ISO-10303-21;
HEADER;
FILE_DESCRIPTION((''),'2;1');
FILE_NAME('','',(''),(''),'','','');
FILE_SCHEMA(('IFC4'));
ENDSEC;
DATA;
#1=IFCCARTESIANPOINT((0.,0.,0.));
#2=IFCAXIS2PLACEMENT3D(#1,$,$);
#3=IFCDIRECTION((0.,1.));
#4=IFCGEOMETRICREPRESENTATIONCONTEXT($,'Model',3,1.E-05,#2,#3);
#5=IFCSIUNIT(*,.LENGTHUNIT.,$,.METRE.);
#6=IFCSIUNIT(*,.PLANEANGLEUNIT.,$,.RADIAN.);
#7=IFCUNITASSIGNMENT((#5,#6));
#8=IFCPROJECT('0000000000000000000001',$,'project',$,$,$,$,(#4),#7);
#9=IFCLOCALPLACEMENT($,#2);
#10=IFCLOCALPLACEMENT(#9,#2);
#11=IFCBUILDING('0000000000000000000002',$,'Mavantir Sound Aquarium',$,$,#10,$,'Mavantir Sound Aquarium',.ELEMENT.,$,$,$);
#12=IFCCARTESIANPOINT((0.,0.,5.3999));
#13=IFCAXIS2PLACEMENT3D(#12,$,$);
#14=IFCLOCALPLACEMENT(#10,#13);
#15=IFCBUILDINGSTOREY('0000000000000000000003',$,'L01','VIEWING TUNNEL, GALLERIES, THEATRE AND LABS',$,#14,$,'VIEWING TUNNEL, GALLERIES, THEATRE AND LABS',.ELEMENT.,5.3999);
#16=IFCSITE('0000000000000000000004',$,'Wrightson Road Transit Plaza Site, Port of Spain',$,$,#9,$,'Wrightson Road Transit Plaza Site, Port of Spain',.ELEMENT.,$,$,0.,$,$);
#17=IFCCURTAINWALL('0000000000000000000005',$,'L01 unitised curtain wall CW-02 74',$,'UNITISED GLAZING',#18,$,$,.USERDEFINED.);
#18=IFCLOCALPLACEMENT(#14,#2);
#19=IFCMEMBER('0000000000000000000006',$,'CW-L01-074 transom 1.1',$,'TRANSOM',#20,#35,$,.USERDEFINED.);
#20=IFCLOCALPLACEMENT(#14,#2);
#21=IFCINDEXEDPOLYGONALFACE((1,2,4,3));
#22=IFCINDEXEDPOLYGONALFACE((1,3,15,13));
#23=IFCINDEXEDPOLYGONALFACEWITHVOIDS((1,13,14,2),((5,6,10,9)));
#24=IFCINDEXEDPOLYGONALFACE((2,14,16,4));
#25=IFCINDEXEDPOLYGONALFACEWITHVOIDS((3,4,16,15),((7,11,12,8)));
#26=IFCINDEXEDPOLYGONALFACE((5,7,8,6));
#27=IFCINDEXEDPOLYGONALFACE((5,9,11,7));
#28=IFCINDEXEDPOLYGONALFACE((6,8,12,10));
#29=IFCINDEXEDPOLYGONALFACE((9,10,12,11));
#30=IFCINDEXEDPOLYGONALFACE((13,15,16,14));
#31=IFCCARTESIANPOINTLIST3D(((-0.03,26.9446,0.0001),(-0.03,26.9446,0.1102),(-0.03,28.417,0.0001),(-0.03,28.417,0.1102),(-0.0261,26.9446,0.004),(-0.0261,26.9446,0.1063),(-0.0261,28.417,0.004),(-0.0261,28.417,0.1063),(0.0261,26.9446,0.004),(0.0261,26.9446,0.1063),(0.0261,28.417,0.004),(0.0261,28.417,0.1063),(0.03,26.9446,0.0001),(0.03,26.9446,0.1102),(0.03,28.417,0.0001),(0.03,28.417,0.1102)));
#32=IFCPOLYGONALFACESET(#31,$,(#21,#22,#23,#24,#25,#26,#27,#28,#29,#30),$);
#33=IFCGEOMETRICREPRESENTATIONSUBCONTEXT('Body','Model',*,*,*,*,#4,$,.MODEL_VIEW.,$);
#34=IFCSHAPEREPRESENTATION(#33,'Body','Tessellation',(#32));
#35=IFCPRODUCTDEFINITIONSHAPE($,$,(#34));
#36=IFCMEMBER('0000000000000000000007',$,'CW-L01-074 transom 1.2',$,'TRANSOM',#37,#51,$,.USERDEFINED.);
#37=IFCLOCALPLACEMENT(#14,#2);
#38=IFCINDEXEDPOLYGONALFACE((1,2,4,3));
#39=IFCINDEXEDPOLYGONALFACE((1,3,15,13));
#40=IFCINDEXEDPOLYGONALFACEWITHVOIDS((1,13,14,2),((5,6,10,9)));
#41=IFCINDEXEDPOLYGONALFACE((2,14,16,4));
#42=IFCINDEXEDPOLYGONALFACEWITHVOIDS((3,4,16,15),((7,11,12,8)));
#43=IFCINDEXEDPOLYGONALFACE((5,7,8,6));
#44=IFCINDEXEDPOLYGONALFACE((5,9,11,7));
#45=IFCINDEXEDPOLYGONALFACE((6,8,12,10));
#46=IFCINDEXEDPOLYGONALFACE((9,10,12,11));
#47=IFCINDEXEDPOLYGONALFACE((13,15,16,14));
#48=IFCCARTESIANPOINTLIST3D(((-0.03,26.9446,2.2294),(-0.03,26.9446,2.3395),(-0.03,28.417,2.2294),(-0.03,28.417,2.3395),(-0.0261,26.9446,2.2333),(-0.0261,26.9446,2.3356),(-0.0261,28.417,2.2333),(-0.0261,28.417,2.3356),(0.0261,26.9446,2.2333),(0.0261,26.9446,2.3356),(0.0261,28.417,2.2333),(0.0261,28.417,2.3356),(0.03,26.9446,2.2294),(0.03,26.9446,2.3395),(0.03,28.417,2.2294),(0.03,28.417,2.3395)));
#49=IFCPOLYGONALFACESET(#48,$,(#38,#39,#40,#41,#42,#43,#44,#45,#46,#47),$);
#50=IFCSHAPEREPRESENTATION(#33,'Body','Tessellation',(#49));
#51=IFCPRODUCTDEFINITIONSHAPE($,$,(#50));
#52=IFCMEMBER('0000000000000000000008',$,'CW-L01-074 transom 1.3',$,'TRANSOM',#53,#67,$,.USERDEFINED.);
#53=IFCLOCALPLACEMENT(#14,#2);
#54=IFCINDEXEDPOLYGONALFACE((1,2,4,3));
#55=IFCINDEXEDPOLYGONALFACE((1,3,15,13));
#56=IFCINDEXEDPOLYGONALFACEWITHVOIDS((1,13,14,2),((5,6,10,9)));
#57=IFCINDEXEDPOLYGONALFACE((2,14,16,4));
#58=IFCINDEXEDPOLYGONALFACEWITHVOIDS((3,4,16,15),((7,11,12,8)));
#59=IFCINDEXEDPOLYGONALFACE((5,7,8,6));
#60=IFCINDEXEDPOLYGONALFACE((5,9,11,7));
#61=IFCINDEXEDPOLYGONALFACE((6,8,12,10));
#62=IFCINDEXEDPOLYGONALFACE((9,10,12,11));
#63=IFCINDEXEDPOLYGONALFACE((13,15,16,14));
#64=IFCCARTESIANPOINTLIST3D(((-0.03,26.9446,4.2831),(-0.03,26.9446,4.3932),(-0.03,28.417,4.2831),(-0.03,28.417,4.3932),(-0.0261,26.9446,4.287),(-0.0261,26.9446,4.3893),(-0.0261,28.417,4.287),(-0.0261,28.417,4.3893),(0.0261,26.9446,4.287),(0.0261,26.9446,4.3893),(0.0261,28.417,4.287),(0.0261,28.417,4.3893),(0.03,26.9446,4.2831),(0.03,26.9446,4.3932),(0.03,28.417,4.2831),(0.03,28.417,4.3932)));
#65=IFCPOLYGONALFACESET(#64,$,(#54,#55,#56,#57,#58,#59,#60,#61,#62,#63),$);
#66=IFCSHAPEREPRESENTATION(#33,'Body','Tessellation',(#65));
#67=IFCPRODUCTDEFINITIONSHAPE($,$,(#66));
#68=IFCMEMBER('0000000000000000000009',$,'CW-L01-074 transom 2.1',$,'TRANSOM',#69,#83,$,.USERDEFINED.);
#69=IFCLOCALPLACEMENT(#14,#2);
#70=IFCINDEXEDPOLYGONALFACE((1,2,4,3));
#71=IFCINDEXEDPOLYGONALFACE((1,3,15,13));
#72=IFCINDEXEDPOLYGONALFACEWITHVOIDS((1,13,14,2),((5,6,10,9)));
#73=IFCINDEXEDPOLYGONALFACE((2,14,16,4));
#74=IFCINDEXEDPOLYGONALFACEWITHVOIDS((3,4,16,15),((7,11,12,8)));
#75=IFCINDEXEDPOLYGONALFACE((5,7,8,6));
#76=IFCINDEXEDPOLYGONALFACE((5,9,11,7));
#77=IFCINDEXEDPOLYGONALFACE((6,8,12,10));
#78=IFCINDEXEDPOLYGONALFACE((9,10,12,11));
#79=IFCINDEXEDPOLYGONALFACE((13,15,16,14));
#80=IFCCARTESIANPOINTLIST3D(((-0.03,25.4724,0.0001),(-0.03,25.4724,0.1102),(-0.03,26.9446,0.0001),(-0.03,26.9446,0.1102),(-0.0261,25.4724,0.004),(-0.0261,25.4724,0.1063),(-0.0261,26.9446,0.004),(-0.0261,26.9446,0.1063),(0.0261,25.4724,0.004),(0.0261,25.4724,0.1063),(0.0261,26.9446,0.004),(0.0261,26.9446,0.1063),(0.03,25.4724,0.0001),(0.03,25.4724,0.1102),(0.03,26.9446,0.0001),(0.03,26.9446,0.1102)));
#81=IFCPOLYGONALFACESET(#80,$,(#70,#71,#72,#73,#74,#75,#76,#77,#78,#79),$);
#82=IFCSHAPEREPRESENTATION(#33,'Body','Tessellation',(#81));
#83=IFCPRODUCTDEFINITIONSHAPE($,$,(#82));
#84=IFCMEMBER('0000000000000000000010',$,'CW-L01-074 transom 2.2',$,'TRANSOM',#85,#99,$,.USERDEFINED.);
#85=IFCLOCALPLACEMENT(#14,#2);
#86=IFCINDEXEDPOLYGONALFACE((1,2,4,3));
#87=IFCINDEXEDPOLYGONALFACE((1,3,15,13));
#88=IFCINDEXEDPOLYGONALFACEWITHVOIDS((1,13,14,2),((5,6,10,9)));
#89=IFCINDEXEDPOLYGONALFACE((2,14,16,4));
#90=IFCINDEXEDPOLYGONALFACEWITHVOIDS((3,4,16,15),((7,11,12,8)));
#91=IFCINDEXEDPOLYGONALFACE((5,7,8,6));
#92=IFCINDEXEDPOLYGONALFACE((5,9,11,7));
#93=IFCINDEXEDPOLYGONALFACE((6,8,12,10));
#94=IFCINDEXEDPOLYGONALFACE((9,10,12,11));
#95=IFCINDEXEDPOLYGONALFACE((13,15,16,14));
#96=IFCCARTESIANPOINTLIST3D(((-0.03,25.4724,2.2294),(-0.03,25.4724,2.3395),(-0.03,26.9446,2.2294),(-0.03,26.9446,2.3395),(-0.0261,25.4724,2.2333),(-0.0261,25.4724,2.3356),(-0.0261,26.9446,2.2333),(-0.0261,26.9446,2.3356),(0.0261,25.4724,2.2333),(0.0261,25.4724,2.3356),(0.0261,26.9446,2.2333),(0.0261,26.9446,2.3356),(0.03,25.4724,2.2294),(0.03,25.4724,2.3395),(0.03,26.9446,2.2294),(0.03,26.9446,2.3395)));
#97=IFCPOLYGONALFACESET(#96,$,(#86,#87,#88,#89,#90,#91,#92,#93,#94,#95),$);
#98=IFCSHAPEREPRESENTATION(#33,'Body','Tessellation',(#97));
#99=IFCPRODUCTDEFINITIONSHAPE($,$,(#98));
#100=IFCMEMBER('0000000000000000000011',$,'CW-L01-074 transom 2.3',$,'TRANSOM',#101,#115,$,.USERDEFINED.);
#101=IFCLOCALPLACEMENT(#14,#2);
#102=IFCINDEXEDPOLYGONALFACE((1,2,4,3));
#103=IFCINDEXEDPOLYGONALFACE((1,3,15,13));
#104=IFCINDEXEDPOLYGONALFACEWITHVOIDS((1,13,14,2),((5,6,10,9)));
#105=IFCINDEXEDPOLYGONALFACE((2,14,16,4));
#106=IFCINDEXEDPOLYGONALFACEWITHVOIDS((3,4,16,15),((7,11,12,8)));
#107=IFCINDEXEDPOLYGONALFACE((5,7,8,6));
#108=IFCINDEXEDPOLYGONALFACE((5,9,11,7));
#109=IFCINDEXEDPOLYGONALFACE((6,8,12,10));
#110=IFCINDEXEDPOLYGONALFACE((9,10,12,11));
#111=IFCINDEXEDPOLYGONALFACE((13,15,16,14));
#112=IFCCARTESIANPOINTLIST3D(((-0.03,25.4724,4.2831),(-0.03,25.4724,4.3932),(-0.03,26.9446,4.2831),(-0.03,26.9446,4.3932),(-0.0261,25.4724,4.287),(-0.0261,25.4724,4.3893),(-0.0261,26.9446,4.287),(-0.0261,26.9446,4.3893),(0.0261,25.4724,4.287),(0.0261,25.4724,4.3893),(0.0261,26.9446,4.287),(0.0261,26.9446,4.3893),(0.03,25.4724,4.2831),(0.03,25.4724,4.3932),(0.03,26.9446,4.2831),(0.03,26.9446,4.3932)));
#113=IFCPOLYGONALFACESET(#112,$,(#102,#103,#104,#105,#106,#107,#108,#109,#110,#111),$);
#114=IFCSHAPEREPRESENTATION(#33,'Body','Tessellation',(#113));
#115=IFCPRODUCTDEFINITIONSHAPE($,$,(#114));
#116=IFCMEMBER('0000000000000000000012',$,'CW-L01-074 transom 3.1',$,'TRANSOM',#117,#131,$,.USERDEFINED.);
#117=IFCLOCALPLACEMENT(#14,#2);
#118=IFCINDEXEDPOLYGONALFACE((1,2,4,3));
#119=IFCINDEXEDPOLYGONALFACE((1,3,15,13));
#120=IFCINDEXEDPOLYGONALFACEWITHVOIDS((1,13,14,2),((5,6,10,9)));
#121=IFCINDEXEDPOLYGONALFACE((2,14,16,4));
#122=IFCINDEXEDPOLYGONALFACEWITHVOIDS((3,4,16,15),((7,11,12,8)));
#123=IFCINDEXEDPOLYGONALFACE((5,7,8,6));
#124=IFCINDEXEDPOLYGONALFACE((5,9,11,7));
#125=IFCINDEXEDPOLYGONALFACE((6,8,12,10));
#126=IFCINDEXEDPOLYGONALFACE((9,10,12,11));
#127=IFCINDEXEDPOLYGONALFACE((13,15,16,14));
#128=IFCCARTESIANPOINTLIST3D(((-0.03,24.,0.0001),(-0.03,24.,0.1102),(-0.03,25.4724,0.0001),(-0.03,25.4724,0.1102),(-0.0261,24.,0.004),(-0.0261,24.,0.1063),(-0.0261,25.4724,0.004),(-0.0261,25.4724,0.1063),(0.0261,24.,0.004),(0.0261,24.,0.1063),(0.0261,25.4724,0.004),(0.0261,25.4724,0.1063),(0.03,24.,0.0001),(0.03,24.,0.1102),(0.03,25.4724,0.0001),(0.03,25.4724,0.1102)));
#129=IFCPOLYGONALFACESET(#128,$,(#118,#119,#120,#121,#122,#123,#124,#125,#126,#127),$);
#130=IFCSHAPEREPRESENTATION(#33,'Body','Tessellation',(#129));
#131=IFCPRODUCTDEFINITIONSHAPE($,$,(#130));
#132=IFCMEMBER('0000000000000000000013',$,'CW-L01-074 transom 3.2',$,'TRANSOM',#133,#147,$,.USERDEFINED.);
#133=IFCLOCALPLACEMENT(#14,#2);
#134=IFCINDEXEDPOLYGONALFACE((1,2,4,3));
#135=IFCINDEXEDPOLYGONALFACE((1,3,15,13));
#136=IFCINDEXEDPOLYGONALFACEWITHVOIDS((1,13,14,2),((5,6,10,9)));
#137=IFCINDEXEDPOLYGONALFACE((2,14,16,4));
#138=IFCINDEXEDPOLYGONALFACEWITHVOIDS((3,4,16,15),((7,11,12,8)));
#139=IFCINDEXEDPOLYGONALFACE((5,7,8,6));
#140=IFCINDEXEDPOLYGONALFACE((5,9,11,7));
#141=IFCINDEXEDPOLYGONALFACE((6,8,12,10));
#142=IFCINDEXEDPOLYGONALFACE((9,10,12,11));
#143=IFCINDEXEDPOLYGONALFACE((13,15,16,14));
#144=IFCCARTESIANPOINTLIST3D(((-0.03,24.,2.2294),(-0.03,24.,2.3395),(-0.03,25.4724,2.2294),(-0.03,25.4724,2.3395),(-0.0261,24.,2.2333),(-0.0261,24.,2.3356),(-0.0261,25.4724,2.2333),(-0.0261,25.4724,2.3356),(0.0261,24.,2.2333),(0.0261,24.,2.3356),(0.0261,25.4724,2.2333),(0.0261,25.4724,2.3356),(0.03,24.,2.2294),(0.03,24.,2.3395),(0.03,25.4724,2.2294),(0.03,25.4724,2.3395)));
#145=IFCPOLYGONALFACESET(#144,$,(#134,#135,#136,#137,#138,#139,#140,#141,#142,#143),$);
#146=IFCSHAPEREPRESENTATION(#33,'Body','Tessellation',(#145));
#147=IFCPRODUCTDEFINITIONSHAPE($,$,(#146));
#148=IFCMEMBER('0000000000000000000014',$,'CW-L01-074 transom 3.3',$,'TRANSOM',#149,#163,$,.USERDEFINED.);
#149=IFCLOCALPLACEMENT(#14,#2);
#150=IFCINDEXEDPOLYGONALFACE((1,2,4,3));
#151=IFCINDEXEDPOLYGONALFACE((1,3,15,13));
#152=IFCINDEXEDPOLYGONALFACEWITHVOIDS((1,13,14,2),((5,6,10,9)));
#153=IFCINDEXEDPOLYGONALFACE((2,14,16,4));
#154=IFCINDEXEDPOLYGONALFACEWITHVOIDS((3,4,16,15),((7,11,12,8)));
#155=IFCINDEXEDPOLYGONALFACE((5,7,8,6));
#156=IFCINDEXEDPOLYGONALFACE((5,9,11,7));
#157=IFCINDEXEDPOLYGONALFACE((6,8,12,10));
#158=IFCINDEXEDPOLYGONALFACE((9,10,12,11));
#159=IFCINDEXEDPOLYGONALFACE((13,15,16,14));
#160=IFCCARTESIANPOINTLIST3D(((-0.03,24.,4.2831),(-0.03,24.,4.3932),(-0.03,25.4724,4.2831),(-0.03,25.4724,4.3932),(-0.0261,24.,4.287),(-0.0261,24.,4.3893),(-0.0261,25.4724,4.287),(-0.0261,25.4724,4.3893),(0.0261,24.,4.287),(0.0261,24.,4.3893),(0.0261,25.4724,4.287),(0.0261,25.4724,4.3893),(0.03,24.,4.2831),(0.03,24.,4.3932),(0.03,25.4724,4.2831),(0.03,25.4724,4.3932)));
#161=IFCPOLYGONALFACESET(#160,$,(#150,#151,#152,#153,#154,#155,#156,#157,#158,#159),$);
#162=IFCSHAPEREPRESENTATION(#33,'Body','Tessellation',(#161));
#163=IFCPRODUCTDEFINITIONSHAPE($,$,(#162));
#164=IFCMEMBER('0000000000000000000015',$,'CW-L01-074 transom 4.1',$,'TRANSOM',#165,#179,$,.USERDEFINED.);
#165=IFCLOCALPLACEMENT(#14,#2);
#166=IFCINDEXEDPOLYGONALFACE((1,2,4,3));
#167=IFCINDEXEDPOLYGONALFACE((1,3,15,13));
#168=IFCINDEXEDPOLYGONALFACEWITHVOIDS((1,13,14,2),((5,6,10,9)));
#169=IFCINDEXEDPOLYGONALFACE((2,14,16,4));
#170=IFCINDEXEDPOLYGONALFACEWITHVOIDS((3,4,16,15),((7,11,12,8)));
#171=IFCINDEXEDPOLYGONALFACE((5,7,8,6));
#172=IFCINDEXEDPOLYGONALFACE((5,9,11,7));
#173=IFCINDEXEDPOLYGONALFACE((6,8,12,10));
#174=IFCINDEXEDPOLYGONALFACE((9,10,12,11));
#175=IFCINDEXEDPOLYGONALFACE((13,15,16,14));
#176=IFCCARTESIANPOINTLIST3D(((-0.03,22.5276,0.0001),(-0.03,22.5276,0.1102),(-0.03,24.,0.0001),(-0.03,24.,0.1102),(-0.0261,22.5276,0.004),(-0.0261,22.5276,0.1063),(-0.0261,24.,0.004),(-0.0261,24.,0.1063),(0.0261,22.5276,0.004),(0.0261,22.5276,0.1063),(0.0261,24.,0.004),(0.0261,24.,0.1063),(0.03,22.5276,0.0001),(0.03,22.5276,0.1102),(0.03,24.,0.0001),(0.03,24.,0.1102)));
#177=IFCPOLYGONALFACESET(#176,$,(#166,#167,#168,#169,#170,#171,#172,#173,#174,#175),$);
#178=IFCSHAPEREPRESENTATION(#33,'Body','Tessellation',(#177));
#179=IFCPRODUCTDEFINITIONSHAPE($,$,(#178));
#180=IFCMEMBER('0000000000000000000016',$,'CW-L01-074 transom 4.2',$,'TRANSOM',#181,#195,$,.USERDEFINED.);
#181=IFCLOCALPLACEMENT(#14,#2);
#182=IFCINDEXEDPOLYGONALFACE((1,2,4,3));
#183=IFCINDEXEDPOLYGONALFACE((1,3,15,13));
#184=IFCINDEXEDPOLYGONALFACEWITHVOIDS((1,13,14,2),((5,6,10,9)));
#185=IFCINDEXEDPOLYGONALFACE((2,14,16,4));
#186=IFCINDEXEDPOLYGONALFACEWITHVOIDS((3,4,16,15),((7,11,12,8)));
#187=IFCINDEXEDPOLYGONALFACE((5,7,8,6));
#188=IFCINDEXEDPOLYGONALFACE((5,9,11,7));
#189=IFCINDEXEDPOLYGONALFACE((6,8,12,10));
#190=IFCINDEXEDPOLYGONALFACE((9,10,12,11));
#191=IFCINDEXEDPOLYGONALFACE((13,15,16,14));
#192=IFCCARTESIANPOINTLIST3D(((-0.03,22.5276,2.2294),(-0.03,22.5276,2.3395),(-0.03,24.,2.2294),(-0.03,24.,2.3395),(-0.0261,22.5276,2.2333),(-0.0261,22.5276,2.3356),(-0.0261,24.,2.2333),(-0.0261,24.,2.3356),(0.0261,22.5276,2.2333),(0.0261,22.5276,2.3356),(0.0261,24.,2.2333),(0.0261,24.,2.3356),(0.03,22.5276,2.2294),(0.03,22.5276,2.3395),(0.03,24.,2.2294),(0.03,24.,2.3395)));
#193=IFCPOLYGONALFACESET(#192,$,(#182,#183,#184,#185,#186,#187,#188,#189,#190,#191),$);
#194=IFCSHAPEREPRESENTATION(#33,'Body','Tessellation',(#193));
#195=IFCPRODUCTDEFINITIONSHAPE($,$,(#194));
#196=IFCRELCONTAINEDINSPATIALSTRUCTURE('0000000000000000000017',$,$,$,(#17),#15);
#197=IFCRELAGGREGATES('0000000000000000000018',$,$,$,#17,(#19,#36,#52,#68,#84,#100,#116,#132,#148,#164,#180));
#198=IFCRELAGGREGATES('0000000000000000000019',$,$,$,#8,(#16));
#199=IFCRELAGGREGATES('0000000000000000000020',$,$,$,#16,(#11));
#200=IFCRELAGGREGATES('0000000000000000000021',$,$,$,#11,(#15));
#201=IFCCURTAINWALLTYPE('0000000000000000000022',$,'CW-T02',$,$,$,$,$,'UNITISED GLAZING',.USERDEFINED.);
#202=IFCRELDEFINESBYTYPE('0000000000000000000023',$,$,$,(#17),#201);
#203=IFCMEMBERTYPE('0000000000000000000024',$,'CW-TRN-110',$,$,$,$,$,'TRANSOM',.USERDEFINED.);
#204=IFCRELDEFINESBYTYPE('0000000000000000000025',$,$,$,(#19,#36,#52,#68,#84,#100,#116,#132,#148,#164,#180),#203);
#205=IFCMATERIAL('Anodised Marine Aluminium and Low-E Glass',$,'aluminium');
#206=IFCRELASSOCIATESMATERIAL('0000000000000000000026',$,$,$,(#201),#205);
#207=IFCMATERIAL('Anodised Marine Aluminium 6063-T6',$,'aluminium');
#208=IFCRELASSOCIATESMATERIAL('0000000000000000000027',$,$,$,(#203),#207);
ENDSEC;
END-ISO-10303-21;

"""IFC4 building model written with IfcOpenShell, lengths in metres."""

from ifc_helpers import new_model, si_unit, direction, frame, origin, origin_2d, place, context, subcontext, project, spatial, hollow_rectangle, extrude, material, material_profile, profile_set, type_object, element, aggregate, save


model = new_model("IFC4")

# Units and contexts
model_context = context("Model", 3, precision=1e-05, world=origin(), true_north=direction((0.0, 1.0)))
body_context = subcontext(model_context, "Body", "Model", "MODEL_VIEW")
ifc_project = project(units=[si_unit("LENGTHUNIT", "METRE"), si_unit("PLANEANGLEUNIT", "RADIAN")], contexts=[model_context])

# Site, building, storey
site_placement = place(None, origin())
site = spatial("IfcSite", under=ifc_project, at=site_placement, Name="Wrightson Road Transit Plaza Site, Port of Spain", LongName="Wrightson Road Transit Plaza Site, Port of Spain", CompositionType="ELEMENT", RefElevation=0.0)
building_placement = place(site_placement, origin())
building = spatial("IfcBuilding", under=site, at=building_placement, Name="Mavantir Sound Aquarium", LongName="Mavantir Sound Aquarium", CompositionType="ELEMENT")
storey_placement = place(building_placement, frame((0.0, 0.0, 5.3999)))
storey = spatial("IfcBuildingStorey", under=building, at=storey_placement, Name="L01", Description="VIEWING TUNNEL, GALLERIES, THEATRE AND LABS", LongName="VIEWING TUNNEL, GALLERIES, THEATRE AND LABS", CompositionType="ELEMENT", Elevation=5.3999)

# Curtain wall, members
ifc_material_1 = material(Name="Anodised Marine Aluminium and Low-E Glass", Category="aluminium")
curtain_wall_type = type_object("IfcCurtainWallType", Name="CW-T02", ElementType="UNITISED GLAZING", PredefinedType="USERDEFINED", material=ifc_material_1)
curtain_wall_placement = place(storey_placement, origin())
curtain_wall = element("IfcCurtainWall", 1, at=curtain_wall_placement, inside=storey, type_object=curtain_wall_type, Name="L01 unitised curtain wall CW-02 74", ObjectType="UNITISED GLAZING", PredefinedType="USERDEFINED")
ifc_material_2 = material(Name="Anodised Marine Aluminium 6063-T6", Category="aluminium")
ifc_material_profile_1 = material_profile(ifc_material_2, hollow_rectangle(XDim=0.0601, YDim=0.1101, WallThickness=0.0039, at=origin_2d()), Name="ALU-TRANSOM-110X60")
ifc_profile_set_1 = profile_set([ifc_material_profile_1], Name="Anodised Marine Aluminium 6063-T6")
member_type_1 = type_object("IfcMemberType", Name="CW-TRN-110", ElementType="TRANSOM", PredefinedType="USERDEFINED", material=ifc_profile_set_1)
member_1_placement = place(storey_placement, frame((0.0, 28.417, 0.0552), z_axis=(0.0, -1.0, 0.0), x_axis=(1.0, 0.0, 0.0)))
member_1 = element("IfcMember", 2, at=member_1_placement, type_object=member_type_1, Name="CW-L01-074 transom 1.1", ObjectType="TRANSOM", PredefinedType="USERDEFINED", context=body_context, shape_type="SweptSolid", body=[
    extrude(hollow_rectangle(XDim=0.0601, YDim=0.1101, WallThickness=0.0039, at=origin_2d()), origin(), (0.0, 0.0, 1.0), 1.4724),
])
member_2_placement = place(storey_placement, frame((0.0, 28.417, 2.2844), z_axis=(0.0, -1.0, 0.0), x_axis=(1.0, 0.0, 0.0)))
member_2 = element("IfcMember", 3, at=member_2_placement, type_object=member_type_1, Name="CW-L01-074 transom 1.2", ObjectType="TRANSOM", PredefinedType="USERDEFINED", context=body_context, shape_type="SweptSolid", body=[
    extrude(hollow_rectangle(XDim=0.0601, YDim=0.1101, WallThickness=0.0039, at=origin_2d()), origin(), (0.0, 0.0, 1.0), 1.4724),
])
member_3_placement = place(storey_placement, frame((0.0, 28.417, 4.3381), z_axis=(0.0, -1.0, 0.0), x_axis=(1.0, 0.0, 0.0)))
member_3 = element("IfcMember", 4, at=member_3_placement, type_object=member_type_1, Name="CW-L01-074 transom 1.3", ObjectType="TRANSOM", PredefinedType="USERDEFINED", context=body_context, shape_type="SweptSolid", body=[
    extrude(hollow_rectangle(XDim=0.0601, YDim=0.1101, WallThickness=0.0039, at=origin_2d()), origin(), (0.0, 0.0, 1.0), 1.4724),
])
member_4_placement = place(storey_placement, frame((0.0, 26.9446, 0.0552), z_axis=(0.0, -1.0, 0.0), x_axis=(1.0, 0.0, 0.0)))
member_4 = element("IfcMember", 5, at=member_4_placement, type_object=member_type_1, Name="CW-L01-074 transom 2.1", ObjectType="TRANSOM", PredefinedType="USERDEFINED", context=body_context, shape_type="SweptSolid", body=[
    extrude(hollow_rectangle(XDim=0.0601, YDim=0.1101, WallThickness=0.0039, at=origin_2d()), origin(), (0.0, 0.0, 1.0), 1.4722),
])
member_5_placement = place(storey_placement, frame((0.0, 26.9446, 2.2844), z_axis=(0.0, -1.0, 0.0), x_axis=(1.0, 0.0, 0.0)))
member_5 = element("IfcMember", 6, at=member_5_placement, type_object=member_type_1, Name="CW-L01-074 transom 2.2", ObjectType="TRANSOM", PredefinedType="USERDEFINED", context=body_context, shape_type="SweptSolid", body=[
    extrude(hollow_rectangle(XDim=0.0601, YDim=0.1101, WallThickness=0.0039, at=origin_2d()), origin(), (0.0, 0.0, 1.0), 1.4722),
])
member_6_placement = place(storey_placement, frame((0.0, 26.9446, 4.3381), z_axis=(0.0, -1.0, 0.0), x_axis=(1.0, 0.0, 0.0)))
member_6 = element("IfcMember", 7, at=member_6_placement, type_object=member_type_1, Name="CW-L01-074 transom 2.3", ObjectType="TRANSOM", PredefinedType="USERDEFINED", context=body_context, shape_type="SweptSolid", body=[
    extrude(hollow_rectangle(XDim=0.0601, YDim=0.1101, WallThickness=0.0039, at=origin_2d()), origin(), (0.0, 0.0, 1.0), 1.4722),
])
member_7_placement = place(storey_placement, frame((0.0, 25.4724, 0.0552), z_axis=(0.0, -1.0, 0.0), x_axis=(1.0, 0.0, 0.0)))
member_7 = element("IfcMember", 8, at=member_7_placement, type_object=member_type_1, Name="CW-L01-074 transom 3.1", ObjectType="TRANSOM", PredefinedType="USERDEFINED", context=body_context, shape_type="SweptSolid", body=[
    extrude(hollow_rectangle(XDim=0.0601, YDim=0.1101, WallThickness=0.0039, at=origin_2d()), origin(), (0.0, 0.0, 1.0), 1.4724),
])
member_8_placement = place(storey_placement, frame((0.0, 25.4724, 2.2844), z_axis=(0.0, -1.0, 0.0), x_axis=(1.0, 0.0, 0.0)))
member_8 = element("IfcMember", 9, at=member_8_placement, type_object=member_type_1, Name="CW-L01-074 transom 3.2", ObjectType="TRANSOM", PredefinedType="USERDEFINED", context=body_context, shape_type="SweptSolid", body=[
    extrude(hollow_rectangle(XDim=0.0601, YDim=0.1101, WallThickness=0.0039, at=origin_2d()), origin(), (0.0, 0.0, 1.0), 1.4724),
])
member_9_placement = place(storey_placement, frame((0.0, 25.4724, 4.3381), z_axis=(0.0, -1.0, 0.0), x_axis=(1.0, 0.0, 0.0)))
member_9 = element("IfcMember", 10, at=member_9_placement, type_object=member_type_1, Name="CW-L01-074 transom 3.3", ObjectType="TRANSOM", PredefinedType="USERDEFINED", context=body_context, shape_type="SweptSolid", body=[
    extrude(hollow_rectangle(XDim=0.0601, YDim=0.1101, WallThickness=0.0039, at=origin_2d()), origin(), (0.0, 0.0, 1.0), 1.4724),
])
member_10_placement = place(storey_placement, frame((0.0, 24.0, 0.0552), z_axis=(0.0, -1.0, 0.0), x_axis=(1.0, 0.0, 0.0)))
member_10 = element("IfcMember", 11, at=member_10_placement, type_object=member_type_1, Name="CW-L01-074 transom 4.1", ObjectType="TRANSOM", PredefinedType="USERDEFINED", context=body_context, shape_type="SweptSolid", body=[
    extrude(hollow_rectangle(XDim=0.0601, YDim=0.1101, WallThickness=0.0039, at=origin_2d()), origin(), (0.0, 0.0, 1.0), 1.4724),
])
member_11_placement = place(storey_placement, frame((0.0, 24.0, 2.2844), z_axis=(0.0, -1.0, 0.0), x_axis=(1.0, 0.0, 0.0)))
member_11 = element("IfcMember", 12, at=member_11_placement, type_object=member_type_1, Name="CW-L01-074 transom 4.2", ObjectType="TRANSOM", PredefinedType="USERDEFINED", context=body_context, shape_type="SweptSolid", body=[
    extrude(hollow_rectangle(XDim=0.0601, YDim=0.1101, WallThickness=0.0039, at=origin_2d()), origin(), (0.0, 0.0, 1.0), 1.4724),
])
aggregate(curtain_wall, [member_1, member_2, member_3, member_4, member_5, member_6, member_7, member_8, member_9, member_10, member_11])

save(model, "model.ifc")
